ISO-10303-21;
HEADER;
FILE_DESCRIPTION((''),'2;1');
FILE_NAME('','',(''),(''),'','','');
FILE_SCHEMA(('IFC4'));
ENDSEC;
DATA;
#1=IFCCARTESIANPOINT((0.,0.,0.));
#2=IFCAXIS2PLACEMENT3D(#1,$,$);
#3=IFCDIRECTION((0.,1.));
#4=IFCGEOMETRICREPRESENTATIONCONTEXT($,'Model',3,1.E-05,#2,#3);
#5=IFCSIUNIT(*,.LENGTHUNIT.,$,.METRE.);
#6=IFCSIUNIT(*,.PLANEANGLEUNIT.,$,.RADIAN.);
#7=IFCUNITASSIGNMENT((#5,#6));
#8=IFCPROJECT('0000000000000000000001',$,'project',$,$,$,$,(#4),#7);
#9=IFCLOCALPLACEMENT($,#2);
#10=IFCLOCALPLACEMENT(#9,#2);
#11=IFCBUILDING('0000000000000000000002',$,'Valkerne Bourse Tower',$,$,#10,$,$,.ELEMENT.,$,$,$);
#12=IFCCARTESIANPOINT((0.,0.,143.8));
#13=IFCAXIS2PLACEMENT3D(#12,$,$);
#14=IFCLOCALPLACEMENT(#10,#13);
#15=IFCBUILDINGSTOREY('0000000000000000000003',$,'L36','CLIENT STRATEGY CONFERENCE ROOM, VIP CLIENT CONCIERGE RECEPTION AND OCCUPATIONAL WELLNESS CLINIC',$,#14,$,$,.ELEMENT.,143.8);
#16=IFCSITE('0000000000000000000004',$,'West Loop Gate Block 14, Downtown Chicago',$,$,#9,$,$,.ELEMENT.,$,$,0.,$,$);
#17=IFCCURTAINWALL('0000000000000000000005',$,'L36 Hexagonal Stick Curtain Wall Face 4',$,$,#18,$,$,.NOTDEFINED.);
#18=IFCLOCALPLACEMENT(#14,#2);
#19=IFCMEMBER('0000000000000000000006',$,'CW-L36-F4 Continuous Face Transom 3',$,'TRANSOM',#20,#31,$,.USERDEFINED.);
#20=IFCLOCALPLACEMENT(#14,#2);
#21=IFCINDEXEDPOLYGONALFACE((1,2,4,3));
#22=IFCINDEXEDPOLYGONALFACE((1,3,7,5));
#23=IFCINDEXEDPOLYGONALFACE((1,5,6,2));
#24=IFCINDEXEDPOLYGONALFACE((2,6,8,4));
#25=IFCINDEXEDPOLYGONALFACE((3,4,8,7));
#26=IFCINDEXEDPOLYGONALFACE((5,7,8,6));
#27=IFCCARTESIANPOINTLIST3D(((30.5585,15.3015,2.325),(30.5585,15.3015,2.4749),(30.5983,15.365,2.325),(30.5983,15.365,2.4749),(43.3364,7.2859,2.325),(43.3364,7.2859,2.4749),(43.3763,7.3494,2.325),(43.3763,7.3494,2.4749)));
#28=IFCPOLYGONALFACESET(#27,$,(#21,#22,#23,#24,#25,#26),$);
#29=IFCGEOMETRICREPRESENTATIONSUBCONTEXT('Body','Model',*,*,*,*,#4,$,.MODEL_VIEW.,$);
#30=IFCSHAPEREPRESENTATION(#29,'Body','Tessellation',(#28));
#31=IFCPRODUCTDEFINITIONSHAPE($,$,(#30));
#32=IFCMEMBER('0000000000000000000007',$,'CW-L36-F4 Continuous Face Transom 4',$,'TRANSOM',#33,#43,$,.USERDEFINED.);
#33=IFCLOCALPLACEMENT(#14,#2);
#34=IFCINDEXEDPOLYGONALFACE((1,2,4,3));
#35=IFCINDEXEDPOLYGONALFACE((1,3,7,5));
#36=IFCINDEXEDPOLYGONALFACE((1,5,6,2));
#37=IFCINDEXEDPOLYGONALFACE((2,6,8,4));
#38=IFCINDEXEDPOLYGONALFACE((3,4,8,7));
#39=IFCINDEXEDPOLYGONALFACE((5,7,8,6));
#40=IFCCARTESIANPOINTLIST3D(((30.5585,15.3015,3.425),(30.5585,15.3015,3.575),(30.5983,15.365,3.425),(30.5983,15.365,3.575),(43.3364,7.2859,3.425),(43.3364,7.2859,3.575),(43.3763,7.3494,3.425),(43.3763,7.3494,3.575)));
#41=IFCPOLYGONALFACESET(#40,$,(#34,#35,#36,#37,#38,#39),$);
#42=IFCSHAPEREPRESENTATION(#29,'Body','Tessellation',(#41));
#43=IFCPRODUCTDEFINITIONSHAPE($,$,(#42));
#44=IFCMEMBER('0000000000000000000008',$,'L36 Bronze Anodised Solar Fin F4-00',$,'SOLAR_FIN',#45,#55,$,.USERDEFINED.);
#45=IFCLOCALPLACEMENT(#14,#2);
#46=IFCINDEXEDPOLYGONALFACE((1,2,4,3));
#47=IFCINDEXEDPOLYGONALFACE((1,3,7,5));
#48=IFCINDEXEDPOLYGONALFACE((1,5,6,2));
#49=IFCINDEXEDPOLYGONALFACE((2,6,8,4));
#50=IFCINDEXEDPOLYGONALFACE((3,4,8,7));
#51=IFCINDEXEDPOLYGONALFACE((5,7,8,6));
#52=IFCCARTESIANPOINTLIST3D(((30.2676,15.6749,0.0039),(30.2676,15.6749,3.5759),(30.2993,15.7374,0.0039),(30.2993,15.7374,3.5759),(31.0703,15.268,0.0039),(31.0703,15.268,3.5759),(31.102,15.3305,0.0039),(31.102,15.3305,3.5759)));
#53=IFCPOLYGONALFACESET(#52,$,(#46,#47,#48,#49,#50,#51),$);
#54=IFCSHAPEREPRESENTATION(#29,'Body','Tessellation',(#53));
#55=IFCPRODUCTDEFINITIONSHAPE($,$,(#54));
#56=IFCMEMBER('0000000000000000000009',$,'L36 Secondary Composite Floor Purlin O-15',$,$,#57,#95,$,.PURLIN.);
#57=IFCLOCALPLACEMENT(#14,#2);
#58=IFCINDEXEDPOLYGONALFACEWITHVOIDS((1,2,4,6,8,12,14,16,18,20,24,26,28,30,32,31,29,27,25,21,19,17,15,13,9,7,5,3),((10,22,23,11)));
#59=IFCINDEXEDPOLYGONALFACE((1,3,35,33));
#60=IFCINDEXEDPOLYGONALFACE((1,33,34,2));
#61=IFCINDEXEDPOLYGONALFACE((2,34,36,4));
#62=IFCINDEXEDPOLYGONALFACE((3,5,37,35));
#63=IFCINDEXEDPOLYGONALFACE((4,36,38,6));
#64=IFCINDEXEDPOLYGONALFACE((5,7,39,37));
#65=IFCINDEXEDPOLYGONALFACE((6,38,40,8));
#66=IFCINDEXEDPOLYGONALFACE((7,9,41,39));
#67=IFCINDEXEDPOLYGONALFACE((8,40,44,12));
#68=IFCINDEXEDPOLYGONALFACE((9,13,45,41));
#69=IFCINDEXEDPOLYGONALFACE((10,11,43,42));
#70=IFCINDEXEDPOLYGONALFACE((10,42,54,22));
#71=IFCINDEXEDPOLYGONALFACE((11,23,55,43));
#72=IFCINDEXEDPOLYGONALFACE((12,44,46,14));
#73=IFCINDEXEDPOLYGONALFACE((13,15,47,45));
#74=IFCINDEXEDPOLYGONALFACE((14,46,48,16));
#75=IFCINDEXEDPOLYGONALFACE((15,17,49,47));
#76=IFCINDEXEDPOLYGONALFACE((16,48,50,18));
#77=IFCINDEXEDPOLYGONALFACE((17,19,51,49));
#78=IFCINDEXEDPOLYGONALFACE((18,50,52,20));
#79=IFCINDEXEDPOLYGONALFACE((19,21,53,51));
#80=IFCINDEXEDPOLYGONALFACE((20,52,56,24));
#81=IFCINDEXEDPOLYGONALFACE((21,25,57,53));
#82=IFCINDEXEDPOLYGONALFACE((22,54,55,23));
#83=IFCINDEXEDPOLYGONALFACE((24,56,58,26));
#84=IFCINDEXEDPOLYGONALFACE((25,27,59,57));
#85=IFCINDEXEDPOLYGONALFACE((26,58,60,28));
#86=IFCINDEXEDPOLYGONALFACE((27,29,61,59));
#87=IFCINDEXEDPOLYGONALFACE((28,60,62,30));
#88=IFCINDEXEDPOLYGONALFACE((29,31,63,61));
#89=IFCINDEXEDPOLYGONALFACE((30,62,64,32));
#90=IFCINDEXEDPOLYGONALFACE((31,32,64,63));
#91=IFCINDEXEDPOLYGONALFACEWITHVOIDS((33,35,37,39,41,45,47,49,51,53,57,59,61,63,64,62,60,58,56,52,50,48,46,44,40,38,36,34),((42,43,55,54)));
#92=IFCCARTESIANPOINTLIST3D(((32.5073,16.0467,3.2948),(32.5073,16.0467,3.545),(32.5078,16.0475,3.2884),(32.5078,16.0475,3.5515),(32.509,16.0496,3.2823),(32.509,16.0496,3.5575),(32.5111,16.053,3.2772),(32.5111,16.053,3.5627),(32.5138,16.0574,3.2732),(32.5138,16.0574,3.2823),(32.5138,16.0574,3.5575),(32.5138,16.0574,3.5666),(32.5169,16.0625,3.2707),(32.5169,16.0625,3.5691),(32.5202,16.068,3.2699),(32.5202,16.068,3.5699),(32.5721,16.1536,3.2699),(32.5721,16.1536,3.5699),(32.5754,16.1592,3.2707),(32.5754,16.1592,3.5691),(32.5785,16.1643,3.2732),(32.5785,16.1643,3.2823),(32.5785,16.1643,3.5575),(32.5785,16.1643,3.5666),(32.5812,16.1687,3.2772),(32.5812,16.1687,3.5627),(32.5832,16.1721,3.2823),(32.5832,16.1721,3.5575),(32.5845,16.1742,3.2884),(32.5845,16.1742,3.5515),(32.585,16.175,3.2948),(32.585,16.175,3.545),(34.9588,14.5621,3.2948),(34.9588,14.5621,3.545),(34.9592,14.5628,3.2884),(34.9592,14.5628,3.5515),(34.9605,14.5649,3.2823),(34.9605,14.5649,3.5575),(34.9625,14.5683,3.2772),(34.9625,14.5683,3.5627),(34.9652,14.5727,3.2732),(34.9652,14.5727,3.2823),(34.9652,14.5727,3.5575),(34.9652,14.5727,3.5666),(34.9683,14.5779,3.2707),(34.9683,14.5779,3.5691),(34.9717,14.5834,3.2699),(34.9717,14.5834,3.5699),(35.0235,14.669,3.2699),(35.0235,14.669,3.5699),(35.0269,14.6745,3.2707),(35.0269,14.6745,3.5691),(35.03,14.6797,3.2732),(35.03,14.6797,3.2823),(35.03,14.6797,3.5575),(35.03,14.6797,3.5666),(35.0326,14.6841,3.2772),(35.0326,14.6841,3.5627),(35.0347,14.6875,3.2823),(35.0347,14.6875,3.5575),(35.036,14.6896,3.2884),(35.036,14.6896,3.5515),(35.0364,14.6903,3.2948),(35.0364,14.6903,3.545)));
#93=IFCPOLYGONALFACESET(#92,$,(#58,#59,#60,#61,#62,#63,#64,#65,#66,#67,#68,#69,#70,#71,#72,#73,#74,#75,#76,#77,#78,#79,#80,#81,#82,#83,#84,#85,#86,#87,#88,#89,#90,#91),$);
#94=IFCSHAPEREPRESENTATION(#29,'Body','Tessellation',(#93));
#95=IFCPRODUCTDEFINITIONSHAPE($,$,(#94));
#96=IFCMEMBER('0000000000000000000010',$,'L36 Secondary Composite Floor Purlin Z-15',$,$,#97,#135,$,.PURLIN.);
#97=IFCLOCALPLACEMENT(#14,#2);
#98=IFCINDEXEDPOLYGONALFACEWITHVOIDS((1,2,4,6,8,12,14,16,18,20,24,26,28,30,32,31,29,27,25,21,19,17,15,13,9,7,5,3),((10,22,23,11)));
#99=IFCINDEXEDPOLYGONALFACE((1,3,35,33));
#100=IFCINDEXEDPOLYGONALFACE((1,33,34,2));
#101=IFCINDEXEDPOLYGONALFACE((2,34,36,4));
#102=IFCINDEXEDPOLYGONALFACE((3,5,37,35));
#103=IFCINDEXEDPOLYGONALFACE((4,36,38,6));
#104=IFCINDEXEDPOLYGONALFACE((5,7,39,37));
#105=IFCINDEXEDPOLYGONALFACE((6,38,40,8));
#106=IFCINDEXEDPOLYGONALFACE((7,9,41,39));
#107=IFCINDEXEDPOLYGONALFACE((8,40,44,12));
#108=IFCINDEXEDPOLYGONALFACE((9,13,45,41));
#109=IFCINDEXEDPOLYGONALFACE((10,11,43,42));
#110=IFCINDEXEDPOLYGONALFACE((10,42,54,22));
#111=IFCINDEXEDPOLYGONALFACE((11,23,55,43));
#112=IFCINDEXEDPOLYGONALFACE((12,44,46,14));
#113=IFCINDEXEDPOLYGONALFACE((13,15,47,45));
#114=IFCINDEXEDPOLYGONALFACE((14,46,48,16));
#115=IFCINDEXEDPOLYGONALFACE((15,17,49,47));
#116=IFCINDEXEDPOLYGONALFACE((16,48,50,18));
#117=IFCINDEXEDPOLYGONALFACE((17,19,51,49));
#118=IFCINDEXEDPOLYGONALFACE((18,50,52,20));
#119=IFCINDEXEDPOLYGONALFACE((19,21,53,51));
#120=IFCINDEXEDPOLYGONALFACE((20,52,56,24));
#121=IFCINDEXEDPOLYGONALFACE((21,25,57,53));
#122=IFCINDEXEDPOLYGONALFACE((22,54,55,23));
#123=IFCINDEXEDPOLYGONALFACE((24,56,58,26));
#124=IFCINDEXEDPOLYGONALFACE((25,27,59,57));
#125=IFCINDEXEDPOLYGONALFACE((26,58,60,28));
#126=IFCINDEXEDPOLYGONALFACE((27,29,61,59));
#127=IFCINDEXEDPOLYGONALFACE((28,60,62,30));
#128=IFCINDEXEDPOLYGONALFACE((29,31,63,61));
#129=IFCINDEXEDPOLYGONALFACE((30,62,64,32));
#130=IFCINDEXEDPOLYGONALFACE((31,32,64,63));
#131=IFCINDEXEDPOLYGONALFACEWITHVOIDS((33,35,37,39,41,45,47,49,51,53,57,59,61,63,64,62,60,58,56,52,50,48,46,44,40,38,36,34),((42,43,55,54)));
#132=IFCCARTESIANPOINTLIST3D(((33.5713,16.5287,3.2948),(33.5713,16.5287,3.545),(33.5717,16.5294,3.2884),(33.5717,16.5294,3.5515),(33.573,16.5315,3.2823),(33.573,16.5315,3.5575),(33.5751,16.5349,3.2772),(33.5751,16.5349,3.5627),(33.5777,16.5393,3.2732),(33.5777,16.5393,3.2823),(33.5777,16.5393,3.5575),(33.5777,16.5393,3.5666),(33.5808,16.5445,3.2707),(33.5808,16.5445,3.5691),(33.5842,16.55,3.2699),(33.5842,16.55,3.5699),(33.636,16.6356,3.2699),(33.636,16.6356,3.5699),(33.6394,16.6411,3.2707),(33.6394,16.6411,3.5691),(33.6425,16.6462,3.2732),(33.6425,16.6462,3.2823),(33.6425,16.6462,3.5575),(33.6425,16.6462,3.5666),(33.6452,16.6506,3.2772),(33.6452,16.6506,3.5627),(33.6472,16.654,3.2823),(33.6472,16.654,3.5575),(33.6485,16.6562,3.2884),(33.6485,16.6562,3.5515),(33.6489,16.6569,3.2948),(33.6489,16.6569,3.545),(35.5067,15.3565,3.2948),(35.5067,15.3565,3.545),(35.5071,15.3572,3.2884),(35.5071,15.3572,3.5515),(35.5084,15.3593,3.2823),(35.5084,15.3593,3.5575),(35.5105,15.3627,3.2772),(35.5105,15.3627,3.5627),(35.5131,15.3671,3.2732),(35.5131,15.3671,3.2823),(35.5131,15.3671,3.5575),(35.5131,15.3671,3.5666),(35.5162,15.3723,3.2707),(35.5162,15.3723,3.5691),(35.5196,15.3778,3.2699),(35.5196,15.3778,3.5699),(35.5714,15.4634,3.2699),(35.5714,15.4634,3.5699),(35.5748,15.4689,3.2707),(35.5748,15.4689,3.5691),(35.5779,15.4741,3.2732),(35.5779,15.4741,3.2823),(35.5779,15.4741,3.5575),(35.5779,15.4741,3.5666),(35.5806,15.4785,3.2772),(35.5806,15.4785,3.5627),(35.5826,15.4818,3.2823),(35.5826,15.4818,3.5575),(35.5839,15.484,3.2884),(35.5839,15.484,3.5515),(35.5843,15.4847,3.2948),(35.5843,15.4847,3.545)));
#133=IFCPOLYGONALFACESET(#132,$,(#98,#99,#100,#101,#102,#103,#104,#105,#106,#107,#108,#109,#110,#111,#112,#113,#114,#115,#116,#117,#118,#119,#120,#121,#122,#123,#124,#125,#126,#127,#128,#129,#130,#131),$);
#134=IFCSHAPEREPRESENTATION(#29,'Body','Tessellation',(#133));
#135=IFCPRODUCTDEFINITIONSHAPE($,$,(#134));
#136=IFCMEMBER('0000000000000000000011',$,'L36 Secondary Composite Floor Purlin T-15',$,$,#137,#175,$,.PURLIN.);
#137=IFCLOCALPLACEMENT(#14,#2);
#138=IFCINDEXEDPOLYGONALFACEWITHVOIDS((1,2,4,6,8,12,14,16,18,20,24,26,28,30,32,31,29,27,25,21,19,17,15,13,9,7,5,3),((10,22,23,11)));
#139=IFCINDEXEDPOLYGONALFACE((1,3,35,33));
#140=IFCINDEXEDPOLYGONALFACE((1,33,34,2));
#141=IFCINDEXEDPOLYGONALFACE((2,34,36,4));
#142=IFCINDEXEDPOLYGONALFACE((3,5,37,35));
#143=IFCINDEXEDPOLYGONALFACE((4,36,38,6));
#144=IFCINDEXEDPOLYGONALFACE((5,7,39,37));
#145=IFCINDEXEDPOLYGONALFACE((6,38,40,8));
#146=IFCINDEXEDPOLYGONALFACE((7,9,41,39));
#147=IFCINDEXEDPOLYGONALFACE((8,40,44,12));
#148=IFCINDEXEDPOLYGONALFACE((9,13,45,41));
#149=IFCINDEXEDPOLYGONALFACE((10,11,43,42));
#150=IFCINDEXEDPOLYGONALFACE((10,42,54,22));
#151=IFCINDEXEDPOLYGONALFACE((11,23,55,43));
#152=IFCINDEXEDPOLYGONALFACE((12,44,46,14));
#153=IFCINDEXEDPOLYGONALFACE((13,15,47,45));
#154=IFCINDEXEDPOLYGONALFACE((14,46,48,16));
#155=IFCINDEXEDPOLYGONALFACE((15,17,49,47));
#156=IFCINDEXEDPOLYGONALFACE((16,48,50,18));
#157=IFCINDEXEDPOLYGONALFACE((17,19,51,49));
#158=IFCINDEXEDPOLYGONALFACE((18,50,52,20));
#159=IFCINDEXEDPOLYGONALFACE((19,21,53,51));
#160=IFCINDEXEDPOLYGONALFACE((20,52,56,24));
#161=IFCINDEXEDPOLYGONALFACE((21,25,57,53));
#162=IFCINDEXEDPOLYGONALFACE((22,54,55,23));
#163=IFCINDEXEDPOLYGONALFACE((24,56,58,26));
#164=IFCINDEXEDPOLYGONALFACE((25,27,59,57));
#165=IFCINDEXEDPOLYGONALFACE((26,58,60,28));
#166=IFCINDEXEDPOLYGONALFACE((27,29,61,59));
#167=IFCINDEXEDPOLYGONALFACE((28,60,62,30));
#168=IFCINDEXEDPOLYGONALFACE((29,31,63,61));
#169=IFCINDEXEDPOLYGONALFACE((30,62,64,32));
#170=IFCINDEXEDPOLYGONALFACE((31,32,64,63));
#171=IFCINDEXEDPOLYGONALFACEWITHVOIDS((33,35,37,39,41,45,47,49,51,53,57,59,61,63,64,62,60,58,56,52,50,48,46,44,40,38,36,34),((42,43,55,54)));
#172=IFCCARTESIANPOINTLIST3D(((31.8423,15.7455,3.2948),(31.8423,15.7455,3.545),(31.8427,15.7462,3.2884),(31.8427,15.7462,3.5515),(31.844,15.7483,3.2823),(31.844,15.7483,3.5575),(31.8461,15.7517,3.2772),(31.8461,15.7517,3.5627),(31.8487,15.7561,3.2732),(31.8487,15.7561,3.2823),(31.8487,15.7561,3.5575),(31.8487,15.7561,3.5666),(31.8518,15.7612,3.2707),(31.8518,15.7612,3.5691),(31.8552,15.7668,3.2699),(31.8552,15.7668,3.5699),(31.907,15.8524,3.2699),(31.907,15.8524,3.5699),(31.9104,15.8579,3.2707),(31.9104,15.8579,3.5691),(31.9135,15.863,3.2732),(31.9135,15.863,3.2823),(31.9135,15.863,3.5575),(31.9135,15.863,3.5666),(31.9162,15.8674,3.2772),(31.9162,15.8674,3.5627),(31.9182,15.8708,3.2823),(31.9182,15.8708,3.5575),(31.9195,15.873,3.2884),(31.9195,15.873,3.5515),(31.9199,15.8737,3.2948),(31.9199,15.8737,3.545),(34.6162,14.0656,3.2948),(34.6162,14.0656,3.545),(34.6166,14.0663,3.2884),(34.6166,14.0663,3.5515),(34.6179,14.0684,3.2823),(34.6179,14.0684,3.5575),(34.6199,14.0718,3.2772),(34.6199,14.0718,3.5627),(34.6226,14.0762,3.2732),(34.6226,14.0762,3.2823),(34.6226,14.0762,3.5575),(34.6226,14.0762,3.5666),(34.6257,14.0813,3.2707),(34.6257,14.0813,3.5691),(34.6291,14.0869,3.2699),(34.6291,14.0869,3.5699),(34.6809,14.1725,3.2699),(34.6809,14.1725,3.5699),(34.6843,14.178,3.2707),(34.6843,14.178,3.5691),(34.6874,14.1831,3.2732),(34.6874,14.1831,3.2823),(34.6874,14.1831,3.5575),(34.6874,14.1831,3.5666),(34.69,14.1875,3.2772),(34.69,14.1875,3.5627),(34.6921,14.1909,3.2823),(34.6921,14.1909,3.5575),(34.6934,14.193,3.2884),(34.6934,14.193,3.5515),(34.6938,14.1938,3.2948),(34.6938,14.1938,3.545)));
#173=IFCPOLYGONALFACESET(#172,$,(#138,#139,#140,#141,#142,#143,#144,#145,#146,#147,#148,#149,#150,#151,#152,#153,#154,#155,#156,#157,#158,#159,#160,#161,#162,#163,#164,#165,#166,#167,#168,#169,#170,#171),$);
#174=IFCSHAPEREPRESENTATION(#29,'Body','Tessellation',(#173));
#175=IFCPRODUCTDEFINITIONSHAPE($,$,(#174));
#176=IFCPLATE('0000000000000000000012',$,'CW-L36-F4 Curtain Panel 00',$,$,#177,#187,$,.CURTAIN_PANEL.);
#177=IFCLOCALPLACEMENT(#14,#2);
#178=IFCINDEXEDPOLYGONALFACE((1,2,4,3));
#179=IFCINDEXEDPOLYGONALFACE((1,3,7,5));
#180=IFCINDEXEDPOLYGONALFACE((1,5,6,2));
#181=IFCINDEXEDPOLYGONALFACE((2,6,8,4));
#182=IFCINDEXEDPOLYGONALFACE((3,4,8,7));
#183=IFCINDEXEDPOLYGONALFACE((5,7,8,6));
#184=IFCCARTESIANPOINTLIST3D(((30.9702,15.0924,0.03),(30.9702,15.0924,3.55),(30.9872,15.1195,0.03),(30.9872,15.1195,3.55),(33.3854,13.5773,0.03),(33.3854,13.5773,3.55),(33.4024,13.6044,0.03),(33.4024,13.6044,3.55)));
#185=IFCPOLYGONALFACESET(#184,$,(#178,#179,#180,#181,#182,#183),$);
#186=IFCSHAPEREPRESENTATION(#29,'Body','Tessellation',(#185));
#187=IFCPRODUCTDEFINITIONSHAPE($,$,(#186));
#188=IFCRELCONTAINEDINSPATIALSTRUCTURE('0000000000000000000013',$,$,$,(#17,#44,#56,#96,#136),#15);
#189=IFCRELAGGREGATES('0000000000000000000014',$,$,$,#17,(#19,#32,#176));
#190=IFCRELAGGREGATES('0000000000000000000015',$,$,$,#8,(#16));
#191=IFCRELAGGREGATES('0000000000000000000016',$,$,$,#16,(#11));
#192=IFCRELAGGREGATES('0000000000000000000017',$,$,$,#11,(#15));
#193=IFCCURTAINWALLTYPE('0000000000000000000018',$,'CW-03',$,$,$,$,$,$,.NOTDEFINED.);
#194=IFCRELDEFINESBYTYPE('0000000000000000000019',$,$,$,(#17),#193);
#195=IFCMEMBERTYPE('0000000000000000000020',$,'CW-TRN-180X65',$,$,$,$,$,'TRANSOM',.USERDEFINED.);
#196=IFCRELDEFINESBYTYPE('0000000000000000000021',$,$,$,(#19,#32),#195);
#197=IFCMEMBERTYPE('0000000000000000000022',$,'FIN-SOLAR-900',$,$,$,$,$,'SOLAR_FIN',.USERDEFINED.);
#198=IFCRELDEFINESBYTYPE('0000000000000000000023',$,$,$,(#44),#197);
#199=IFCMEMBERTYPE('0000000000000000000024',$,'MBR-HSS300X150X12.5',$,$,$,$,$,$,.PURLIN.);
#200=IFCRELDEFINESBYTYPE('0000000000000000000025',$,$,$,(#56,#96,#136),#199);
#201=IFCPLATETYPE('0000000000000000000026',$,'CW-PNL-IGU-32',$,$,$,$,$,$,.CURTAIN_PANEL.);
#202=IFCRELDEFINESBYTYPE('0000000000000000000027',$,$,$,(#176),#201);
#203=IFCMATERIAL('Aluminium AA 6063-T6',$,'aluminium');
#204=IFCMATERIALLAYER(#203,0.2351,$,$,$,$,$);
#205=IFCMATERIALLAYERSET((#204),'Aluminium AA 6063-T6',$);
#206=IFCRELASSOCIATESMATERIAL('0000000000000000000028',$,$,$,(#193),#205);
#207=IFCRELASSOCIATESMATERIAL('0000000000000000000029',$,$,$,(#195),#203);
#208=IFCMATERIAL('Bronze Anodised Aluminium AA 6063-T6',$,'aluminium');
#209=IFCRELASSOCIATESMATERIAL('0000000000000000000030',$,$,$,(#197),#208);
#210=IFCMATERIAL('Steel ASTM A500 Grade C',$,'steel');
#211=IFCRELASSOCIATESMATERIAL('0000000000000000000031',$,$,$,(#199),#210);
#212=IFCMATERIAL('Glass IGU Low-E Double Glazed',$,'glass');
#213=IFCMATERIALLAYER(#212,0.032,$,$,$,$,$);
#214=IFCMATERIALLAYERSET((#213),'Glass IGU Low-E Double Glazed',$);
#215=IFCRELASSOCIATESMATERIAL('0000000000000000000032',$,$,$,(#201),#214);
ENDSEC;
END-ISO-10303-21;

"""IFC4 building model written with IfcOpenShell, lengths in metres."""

from ifc_helpers import new_model, si_unit, direction, frame, origin, origin_2d, place, context, subcontext, project, spatial, rectangle, hollow_rectangle, extrude, material, layer, layer_set, material_profile, profile_set, type_object, element, aggregate, save


model = new_model("IFC4")

# Units and contexts
model_context = context("Model", 3, precision=1e-05, world=origin(), true_north=direction((0.0, 1.0)))
body_context = subcontext(model_context, "Body", "Model", "MODEL_VIEW")
ifc_project = project(units=[si_unit("LENGTHUNIT", "METRE"), si_unit("PLANEANGLEUNIT", "RADIAN")], contexts=[model_context])

# Site, building, storey
site_placement = place(None, origin())
site = spatial("IfcSite", under=ifc_project, at=site_placement, Name="West Loop Gate Block 14, Downtown Chicago", CompositionType="ELEMENT", RefElevation=0.0)
building_placement = place(site_placement, origin())
building = spatial("IfcBuilding", under=site, at=building_placement, Name="Valkerne Bourse Tower", CompositionType="ELEMENT")
storey_placement = place(building_placement, frame((0.0, 0.0, 143.8)))
storey = spatial("IfcBuildingStorey", under=building, at=storey_placement, Name="L36", Description="CLIENT STRATEGY CONFERENCE ROOM, VIP CLIENT CONCIERGE RECEPTION AND OCCUPATIONAL WELLNESS CLINIC", CompositionType="ELEMENT", Elevation=143.8)

# Curtain wall, members
ifc_material_1 = material(Name="Aluminium AA 6063-T6", Category="aluminium")
ifc_layer_1 = layer(ifc_material_1, 0.2351)
ifc_layer_set_1 = layer_set([ifc_layer_1], Name="Aluminium AA 6063-T6")
curtain_wall_type = type_object("IfcCurtainWallType", Name="CW-03", PredefinedType="NOTDEFINED", material=ifc_layer_set_1)
curtain_wall_placement = place(storey_placement, origin())
curtain_wall = element("IfcCurtainWall", 1, at=curtain_wall_placement, inside=storey, type_object=curtain_wall_type, Name="L36 Hexagonal Stick Curtain Wall Face 4", PredefinedType="NOTDEFINED")
ifc_material_profile_1 = material_profile(ifc_material_1, rectangle(XDim=0.075, YDim=0.1499, at=origin_2d()), Name="CWT-75X150")
ifc_profile_set_1 = profile_set([ifc_material_profile_1], Name="Aluminium AA 6063-T6")
member_type_1 = type_object("IfcMemberType", Name="CW-TRN-180X65", ElementType="TRANSOM", PredefinedType="USERDEFINED", material=ifc_profile_set_1)
member_1_placement = place(storey_placement, frame((30.5784, 15.3333, 2.3999), z_axis=(0.847123, -0.531396, 0.0), x_axis=(0.531396, 0.847123, 0.0)))
member_1 = element("IfcMember", 2, at=member_1_placement, type_object=member_type_1, Name="CW-L36-F4 Continuous Face Transom 3", ObjectType="TRANSOM", PredefinedType="USERDEFINED", context=body_context, shape_type="SweptSolid", body=[
    extrude(rectangle(XDim=0.075, YDim=0.1499, at=origin_2d()), origin(), (0.0, 0.0, 1.0), 15.084),
])
member_2_placement = place(storey_placement, frame((30.5784, 15.3333, 3.5), z_axis=(0.847123, -0.531396, 0.0), x_axis=(0.531396, 0.847123, 0.0)))
member_2 = element("IfcMember", 3, at=member_2_placement, type_object=member_type_1, Name="CW-L36-F4 Continuous Face Transom 4", ObjectType="TRANSOM", PredefinedType="USERDEFINED", context=body_context, shape_type="SweptSolid", body=[
    extrude(rectangle(XDim=0.075, YDim=0.1499, at=origin_2d()), origin(), (0.0, 0.0, 1.0), 15.084),
])

# Members
ifc_material_2 = material(Name="Bronze Anodised Aluminium AA 6063-T6", Category="aluminium")
ifc_material_profile_2 = material_profile(ifc_material_2, rectangle(XDim=0.0701, YDim=0.8999, at=origin_2d()), Name="FIN-70X900")
ifc_profile_set_2 = profile_set([ifc_material_profile_2], Name="Bronze Anodised Aluminium AA 6063-T6")
member_type_2 = type_object("IfcMemberType", Name="FIN-SOLAR-900", ElementType="SOLAR_FIN", PredefinedType="USERDEFINED", material=ifc_profile_set_2)
member_3_placement = place(storey_placement, frame((30.6848, 15.5027, 0.0039), z_axis=(0.0, 0.0, 1.0), x_axis=(-0.452093, -0.891971, 0.0)))
element("IfcMember", 4, at=member_3_placement, inside=storey, type_object=member_type_2, Name="L36 Bronze Anodised Solar Fin F4-00", ObjectType="SOLAR_FIN", PredefinedType="USERDEFINED", context=body_context, shape_type="SweptSolid", body=[
    extrude(rectangle(XDim=0.0701, YDim=0.8999, at=origin_2d()), origin(), (0.0, 0.0, 1.0), 3.572),
])
ifc_material_3 = material(Name="Steel ASTM A500 Grade C", Category="steel")
ifc_material_profile_3 = material_profile(ifc_material_3, hollow_rectangle(XDim=0.1499, YDim=0.3, WallThickness=0.0125, OuterFilletRadius=0.0249, at=origin_2d()), Name="HSS300X150X12.5")
ifc_profile_set_3 = profile_set([ifc_material_profile_3], Name="Steel ASTM A500 Grade C")
member_type_3 = type_object("IfcMemberType", Name="MBR-HSS300X150X12.5", PredefinedType="PURLIN", material=ifc_profile_set_3)
member_4_placement = place(storey_placement, frame((32.5461, 16.1108, 3.4199), z_axis=(0.855366, -0.518024, 0.0), x_axis=(0.518024, 0.855366, 0.0)))
element("IfcMember", 5, at=member_4_placement, inside=storey, type_object=member_type_3, Name="L36 Secondary Composite Floor Purlin O-15", PredefinedType="PURLIN", context=body_context, shape_type="SweptSolid", body=[
    extrude(hollow_rectangle(XDim=0.1499, YDim=0.3, WallThickness=0.0125, OuterFilletRadius=0.0249, at=origin_2d()), origin(), (0.0, 0.0, 1.0), 2.866),
])
member_5_placement = place(storey_placement, frame((33.6101, 16.5928, 3.4199), z_axis=(0.855353, -0.518046, 0.0), x_axis=(0.518046, 0.855353, 0.0)))
element("IfcMember", 6, at=member_5_placement, inside=storey, type_object=member_type_3, Name="L36 Secondary Composite Floor Purlin Z-15", PredefinedType="PURLIN", context=body_context, shape_type="SweptSolid", body=[
    extrude(hollow_rectangle(XDim=0.1499, YDim=0.3, WallThickness=0.0125, OuterFilletRadius=0.0249, at=origin_2d()), origin(), (0.0, 0.0, 1.0), 2.2627),
])
member_6_placement = place(storey_placement, frame((31.8811, 15.8096, 3.4199), z_axis=(0.855367, -0.518023, 0.0), x_axis=(0.518023, 0.855367, 0.0)))
element("IfcMember", 7, at=member_6_placement, inside=storey, type_object=member_type_3, Name="L36 Secondary Composite Floor Purlin T-15", PredefinedType="PURLIN", context=body_context, shape_type="SweptSolid", body=[
    extrude(hollow_rectangle(XDim=0.1499, YDim=0.3, WallThickness=0.0125, OuterFilletRadius=0.0249, at=origin_2d()), origin(), (0.0, 0.0, 1.0), 3.2429),
])

# Plate
ifc_material_4 = material(Name="Glass IGU Low-E Double Glazed", Category="glass")
ifc_layer_2 = layer(ifc_material_4, 0.032)
ifc_layer_set_2 = layer_set([ifc_layer_2], Name="Glass IGU Low-E Double Glazed")
plate_type = type_object("IfcPlateType", Name="CW-PNL-IGU-32", PredefinedType="CURTAIN_PANEL", material=ifc_layer_set_2)
plate_placement = place(storey_placement, frame((32.1863, 14.3484, 0.03), z_axis=(0.0, 0.0, 1.0), x_axis=(0.847123, -0.531397, 0.0)))
plate = element("IfcPlate", 8, at=plate_placement, type_object=plate_type, Name="CW-L36-F4 Curtain Panel 00", PredefinedType="CURTAIN_PANEL", context=body_context, shape_type="SweptSolid", body=[
    extrude(rectangle(XDim=2.8511, YDim=0.032, at=origin_2d()), origin(), (0.0, 0.0, 1.0), 3.52),
])
aggregate(curtain_wall, [member_1, member_2, plate])

save(model, "model.ifc")
